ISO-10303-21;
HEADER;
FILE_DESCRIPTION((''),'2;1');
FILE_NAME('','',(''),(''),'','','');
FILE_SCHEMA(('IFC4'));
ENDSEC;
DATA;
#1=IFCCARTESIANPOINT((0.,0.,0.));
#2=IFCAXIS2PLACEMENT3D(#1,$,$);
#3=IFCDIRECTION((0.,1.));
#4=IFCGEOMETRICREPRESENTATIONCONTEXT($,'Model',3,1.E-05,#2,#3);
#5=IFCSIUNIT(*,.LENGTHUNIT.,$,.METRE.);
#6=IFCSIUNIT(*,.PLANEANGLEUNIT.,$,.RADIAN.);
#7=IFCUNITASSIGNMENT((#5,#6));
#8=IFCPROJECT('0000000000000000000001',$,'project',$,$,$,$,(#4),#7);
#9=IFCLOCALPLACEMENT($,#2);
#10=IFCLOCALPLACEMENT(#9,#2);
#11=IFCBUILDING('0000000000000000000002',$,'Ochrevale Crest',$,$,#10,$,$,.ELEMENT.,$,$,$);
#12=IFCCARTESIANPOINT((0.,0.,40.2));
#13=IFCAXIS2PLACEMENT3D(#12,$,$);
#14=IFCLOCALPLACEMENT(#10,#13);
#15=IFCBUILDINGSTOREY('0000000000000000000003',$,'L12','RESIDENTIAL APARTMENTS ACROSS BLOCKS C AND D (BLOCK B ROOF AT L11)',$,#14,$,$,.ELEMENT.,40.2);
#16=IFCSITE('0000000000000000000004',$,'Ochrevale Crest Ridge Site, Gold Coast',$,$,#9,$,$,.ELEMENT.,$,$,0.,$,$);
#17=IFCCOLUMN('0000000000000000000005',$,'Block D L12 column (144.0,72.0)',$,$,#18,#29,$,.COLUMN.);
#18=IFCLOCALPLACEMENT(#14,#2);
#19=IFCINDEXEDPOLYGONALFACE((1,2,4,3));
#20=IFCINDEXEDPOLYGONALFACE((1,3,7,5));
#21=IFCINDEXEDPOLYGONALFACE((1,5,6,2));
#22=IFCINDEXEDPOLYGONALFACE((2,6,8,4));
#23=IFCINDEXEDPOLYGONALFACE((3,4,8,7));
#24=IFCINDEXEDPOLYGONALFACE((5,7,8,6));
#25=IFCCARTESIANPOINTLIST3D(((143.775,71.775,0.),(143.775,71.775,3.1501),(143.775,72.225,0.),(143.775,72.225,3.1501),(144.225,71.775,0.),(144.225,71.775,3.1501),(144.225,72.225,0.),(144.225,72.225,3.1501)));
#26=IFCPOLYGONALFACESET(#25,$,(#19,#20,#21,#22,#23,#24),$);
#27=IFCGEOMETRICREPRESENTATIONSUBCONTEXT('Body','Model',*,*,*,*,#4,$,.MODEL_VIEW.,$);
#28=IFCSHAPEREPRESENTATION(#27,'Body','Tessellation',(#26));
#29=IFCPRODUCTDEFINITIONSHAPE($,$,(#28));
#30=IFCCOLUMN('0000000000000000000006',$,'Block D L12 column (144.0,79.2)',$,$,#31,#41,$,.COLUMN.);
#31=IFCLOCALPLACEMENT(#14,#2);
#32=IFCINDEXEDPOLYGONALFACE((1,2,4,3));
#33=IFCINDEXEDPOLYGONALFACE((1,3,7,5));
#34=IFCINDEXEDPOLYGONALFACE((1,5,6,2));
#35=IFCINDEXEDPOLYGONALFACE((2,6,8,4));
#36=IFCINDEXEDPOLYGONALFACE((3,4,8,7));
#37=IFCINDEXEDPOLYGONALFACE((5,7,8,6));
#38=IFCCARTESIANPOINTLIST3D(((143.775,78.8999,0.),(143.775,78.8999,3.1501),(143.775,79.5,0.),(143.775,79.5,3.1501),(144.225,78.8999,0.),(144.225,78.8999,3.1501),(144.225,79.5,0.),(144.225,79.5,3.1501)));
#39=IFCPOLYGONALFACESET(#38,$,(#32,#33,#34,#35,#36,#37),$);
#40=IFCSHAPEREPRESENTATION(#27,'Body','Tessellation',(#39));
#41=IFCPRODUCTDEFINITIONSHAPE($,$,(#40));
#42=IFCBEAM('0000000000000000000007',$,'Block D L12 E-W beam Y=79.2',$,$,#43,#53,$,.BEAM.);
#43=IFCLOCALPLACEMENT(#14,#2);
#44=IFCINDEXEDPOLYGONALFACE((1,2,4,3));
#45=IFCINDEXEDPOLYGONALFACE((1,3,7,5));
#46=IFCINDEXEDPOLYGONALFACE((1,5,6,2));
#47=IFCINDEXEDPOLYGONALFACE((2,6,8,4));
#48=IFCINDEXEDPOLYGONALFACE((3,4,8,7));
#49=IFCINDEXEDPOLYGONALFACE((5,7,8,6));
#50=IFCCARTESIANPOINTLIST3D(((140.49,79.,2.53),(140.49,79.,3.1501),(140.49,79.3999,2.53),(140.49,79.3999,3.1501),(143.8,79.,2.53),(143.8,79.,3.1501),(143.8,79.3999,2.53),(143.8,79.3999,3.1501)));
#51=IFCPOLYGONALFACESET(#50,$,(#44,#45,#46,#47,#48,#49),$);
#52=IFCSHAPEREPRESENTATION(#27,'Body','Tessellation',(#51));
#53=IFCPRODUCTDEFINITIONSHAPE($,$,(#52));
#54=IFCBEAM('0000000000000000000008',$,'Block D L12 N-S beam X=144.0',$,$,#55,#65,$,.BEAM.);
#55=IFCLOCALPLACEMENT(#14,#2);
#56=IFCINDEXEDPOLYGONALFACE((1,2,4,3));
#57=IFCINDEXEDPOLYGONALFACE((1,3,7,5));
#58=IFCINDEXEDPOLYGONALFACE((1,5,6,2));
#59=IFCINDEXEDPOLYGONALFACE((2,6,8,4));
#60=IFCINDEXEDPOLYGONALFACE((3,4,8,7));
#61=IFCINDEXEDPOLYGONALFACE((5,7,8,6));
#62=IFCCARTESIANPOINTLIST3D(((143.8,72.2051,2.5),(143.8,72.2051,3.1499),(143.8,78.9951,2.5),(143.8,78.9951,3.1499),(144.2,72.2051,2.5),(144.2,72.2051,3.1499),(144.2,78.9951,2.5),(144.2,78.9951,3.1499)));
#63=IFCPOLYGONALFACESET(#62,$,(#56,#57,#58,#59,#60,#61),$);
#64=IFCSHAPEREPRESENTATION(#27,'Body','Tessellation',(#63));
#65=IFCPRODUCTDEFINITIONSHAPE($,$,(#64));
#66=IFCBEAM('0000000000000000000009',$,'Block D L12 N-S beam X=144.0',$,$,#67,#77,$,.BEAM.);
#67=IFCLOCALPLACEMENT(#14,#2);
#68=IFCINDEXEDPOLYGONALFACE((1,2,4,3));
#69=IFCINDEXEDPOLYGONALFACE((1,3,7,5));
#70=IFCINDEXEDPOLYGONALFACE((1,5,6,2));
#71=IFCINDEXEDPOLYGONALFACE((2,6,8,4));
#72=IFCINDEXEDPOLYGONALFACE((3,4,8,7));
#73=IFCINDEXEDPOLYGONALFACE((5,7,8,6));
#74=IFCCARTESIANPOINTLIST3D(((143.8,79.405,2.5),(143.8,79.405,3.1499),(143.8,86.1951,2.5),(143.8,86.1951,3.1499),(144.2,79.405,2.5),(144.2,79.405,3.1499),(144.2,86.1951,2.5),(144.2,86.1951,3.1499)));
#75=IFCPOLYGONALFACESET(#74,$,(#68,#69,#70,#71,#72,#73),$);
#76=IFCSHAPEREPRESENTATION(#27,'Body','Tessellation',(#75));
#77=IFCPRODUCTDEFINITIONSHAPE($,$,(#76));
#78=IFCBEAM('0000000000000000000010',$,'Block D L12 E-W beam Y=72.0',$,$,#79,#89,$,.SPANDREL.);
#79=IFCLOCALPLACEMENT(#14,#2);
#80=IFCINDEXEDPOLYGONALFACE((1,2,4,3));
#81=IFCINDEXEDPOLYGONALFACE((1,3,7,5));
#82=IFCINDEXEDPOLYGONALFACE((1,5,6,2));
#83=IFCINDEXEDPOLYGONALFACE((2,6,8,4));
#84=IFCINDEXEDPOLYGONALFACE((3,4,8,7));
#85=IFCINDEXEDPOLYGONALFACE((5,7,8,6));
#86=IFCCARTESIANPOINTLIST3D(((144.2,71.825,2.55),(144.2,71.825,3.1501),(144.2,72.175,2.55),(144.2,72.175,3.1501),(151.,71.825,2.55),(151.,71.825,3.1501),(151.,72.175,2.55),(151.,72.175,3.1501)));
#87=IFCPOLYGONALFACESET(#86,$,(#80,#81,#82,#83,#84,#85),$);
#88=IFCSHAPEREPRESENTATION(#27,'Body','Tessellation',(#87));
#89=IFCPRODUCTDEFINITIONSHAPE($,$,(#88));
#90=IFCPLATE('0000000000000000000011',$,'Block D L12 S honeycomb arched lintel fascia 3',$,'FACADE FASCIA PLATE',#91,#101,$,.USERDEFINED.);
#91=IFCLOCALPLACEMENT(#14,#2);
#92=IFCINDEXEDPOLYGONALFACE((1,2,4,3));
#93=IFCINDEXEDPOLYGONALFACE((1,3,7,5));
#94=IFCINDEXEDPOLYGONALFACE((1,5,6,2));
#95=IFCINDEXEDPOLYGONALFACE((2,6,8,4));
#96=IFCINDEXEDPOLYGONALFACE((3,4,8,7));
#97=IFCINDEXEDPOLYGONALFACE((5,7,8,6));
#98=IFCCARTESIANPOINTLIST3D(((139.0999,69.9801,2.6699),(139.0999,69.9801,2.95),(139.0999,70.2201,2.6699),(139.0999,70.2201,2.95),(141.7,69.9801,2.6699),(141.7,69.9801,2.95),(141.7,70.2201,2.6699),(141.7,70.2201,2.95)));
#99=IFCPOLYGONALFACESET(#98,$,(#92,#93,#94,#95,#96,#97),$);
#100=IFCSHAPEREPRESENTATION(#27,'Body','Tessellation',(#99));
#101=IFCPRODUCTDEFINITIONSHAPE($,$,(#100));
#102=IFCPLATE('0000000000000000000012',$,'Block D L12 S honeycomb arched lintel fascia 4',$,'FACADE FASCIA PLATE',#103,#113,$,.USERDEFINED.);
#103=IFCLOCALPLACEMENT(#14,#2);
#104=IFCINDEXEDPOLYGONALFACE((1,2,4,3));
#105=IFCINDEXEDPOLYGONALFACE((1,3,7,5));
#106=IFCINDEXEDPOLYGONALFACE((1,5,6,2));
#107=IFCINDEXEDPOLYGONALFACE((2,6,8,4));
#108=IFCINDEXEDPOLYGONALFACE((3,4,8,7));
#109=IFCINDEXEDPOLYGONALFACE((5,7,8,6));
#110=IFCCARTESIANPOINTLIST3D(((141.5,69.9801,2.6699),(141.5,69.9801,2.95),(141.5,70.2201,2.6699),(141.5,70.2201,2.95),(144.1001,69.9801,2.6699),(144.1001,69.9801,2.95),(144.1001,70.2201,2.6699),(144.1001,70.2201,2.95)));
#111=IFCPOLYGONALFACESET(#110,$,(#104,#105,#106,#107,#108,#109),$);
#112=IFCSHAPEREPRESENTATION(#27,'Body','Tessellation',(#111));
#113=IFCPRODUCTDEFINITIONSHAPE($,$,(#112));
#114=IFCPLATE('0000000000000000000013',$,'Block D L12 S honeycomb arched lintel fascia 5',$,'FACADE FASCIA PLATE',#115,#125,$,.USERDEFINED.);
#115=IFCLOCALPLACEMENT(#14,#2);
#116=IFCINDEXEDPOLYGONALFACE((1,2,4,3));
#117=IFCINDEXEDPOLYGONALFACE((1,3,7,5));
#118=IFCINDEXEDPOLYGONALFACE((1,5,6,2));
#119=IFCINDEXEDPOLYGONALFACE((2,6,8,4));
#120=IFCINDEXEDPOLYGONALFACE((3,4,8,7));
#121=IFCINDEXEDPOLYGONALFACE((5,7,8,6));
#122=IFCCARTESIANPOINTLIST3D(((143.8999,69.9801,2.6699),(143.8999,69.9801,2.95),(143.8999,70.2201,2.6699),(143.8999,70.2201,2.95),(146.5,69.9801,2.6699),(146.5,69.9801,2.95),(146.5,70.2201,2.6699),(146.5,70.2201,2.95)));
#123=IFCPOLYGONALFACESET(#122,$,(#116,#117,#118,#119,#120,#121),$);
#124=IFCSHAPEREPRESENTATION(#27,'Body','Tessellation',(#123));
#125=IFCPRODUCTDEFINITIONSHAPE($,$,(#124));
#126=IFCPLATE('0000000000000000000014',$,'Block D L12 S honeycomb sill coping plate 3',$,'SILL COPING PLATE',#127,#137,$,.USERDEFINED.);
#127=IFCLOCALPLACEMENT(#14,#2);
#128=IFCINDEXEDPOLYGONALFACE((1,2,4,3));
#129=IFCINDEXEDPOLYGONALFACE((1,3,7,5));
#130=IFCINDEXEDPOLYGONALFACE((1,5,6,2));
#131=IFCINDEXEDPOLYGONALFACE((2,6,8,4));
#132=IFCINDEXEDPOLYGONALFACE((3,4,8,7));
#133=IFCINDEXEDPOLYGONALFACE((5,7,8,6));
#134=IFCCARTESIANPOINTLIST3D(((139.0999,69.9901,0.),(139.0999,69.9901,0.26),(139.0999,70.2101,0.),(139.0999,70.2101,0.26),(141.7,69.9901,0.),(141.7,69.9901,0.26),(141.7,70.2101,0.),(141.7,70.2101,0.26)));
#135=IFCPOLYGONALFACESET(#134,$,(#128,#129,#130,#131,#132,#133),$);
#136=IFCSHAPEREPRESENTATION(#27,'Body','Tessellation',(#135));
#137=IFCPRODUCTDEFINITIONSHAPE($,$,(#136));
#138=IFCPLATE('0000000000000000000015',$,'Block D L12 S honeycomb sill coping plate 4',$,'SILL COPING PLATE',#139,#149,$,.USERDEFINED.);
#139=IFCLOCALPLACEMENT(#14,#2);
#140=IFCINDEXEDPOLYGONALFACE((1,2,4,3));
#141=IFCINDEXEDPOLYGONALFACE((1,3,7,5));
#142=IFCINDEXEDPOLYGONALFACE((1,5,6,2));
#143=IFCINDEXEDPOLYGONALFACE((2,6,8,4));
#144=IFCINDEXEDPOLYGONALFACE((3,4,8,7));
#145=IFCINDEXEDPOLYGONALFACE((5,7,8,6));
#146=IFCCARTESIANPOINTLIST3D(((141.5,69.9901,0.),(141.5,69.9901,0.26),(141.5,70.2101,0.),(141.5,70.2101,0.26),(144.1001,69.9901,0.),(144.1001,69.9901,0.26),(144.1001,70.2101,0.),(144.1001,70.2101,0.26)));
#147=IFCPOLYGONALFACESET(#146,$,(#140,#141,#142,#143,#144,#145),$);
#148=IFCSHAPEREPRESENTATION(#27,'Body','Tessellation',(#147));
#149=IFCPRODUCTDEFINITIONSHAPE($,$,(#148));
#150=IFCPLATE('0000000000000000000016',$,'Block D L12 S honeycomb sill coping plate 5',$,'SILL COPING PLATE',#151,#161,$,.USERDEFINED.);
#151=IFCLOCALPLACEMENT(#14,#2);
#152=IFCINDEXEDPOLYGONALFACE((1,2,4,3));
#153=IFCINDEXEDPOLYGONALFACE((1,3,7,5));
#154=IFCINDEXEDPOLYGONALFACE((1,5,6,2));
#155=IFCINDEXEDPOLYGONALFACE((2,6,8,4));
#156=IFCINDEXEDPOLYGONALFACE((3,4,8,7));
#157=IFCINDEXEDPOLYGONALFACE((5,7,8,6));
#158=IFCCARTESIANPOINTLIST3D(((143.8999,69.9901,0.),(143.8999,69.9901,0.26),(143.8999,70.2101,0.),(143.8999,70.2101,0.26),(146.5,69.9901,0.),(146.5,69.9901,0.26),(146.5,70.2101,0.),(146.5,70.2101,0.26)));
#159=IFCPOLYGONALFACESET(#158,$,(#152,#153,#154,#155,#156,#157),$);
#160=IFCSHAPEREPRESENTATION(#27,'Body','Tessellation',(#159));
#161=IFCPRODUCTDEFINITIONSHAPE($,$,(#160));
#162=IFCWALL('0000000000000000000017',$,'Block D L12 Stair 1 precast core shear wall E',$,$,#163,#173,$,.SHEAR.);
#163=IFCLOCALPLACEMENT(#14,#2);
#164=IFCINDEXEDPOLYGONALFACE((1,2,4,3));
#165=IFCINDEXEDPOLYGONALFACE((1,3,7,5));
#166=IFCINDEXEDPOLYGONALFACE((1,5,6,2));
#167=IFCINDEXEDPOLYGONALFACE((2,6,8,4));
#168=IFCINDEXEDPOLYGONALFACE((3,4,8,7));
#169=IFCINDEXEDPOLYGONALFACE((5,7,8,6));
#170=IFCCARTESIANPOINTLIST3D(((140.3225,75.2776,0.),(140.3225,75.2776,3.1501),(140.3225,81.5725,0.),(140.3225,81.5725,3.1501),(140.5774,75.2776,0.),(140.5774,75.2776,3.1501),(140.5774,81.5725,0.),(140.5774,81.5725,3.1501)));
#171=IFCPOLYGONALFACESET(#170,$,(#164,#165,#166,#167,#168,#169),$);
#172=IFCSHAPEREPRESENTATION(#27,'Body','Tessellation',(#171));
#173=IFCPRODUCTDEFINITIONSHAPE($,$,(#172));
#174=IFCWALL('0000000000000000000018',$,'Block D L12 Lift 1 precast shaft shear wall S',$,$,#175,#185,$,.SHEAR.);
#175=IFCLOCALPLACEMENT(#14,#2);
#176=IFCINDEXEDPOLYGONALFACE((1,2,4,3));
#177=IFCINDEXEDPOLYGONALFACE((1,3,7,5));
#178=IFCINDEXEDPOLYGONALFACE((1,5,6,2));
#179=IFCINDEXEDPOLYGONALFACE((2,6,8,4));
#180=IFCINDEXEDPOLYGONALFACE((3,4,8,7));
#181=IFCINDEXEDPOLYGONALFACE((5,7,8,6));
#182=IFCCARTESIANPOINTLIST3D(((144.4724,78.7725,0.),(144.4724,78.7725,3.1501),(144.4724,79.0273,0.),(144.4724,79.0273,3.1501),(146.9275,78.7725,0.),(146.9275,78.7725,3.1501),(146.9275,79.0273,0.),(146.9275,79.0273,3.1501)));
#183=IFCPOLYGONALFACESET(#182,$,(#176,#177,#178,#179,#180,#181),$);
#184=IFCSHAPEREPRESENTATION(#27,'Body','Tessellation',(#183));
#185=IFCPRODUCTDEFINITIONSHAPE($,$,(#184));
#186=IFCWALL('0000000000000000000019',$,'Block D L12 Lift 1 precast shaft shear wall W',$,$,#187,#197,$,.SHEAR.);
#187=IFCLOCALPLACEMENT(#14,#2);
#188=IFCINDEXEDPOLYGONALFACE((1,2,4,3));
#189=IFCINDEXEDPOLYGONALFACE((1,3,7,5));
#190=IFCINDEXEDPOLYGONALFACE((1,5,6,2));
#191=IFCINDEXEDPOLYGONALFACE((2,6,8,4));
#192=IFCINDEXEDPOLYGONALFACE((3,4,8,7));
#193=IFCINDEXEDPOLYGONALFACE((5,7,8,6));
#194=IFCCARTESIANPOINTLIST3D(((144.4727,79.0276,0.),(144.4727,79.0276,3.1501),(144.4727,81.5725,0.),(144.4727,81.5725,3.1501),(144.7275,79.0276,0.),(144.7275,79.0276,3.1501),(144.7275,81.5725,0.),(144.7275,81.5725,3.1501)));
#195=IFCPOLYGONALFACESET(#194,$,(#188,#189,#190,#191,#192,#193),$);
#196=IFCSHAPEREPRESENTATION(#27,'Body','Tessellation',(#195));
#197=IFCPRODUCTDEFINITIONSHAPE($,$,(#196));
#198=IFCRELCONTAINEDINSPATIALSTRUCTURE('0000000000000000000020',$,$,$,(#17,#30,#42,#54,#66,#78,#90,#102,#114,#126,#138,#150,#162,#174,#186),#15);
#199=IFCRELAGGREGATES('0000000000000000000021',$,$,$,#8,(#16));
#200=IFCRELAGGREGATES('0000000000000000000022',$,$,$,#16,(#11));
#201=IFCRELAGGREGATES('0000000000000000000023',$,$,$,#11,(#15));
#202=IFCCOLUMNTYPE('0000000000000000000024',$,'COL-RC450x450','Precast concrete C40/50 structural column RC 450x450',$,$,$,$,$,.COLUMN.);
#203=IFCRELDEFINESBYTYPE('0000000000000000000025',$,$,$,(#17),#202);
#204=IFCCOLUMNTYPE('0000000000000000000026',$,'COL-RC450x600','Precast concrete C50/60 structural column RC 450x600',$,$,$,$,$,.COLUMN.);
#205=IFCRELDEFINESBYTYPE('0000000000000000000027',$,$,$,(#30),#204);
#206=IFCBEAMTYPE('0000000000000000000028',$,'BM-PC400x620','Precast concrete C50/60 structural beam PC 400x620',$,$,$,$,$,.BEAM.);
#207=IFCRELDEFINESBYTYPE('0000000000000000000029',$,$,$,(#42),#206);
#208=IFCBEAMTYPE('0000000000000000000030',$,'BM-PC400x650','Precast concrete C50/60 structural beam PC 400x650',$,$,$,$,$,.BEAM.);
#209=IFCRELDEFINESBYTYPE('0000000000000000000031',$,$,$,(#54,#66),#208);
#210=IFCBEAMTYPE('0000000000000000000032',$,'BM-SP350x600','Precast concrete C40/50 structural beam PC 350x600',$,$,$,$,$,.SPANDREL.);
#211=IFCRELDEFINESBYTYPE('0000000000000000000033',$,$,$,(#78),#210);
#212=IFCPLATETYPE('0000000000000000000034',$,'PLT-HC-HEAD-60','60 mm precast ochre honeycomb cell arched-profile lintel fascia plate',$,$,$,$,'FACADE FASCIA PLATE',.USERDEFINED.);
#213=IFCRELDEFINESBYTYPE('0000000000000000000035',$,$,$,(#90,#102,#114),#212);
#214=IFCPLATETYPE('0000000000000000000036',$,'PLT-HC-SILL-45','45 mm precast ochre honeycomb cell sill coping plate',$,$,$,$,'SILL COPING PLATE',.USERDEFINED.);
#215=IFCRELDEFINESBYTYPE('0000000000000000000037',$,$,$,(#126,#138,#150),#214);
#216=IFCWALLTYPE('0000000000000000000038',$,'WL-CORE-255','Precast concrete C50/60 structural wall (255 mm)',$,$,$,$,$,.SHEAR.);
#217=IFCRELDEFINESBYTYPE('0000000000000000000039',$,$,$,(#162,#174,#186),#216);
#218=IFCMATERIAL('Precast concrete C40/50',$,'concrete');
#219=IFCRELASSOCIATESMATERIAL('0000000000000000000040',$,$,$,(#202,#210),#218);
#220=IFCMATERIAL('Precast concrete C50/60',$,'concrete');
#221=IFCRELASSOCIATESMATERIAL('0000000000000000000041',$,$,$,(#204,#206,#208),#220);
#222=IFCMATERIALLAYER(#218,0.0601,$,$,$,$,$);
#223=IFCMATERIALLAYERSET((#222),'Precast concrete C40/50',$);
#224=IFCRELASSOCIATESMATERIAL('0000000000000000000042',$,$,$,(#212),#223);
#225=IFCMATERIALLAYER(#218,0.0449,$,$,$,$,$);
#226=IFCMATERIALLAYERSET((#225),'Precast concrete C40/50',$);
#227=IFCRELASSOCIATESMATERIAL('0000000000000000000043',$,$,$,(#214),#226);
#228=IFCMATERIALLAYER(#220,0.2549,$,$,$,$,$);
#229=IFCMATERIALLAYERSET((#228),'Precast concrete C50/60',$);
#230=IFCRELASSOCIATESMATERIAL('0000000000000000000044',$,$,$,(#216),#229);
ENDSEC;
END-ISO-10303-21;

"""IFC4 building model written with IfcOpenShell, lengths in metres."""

from ifc_helpers import new_model, si_unit, direction, frame, frame_2d, origin, origin_2d, place, context, subcontext, project, spatial, rectangle, extrude, material, layer, layer_set, material_profile, profile_set, type_object, element, save


model = new_model("IFC4")

# Units and contexts
model_context = context("Model", 3, precision=1e-05, world=origin(), true_north=direction((0.0, 1.0)))
body_context = subcontext(model_context, "Body", "Model", "MODEL_VIEW")
ifc_project = project(units=[si_unit("LENGTHUNIT", "METRE"), si_unit("PLANEANGLEUNIT", "RADIAN")], contexts=[model_context])

# Site, building, storey
site_placement = place(None, origin())
site = spatial("IfcSite", under=ifc_project, at=site_placement, Name="Ochrevale Crest Ridge Site, Gold Coast", CompositionType="ELEMENT", RefElevation=0.0)
building_placement = place(site_placement, origin())
building = spatial("IfcBuilding", under=site, at=building_placement, Name="Ochrevale Crest", CompositionType="ELEMENT")
storey_placement = place(building_placement, frame((0.0, 0.0, 40.2)))
storey = spatial("IfcBuildingStorey", under=building, at=storey_placement, Name="L12", Description="RESIDENTIAL APARTMENTS ACROSS BLOCKS C AND D (BLOCK B ROOF AT L11)", CompositionType="ELEMENT", Elevation=40.2)

# Columns
ifc_material_1 = material(Name="Precast concrete C40/50", Category="concrete")
ifc_material_profile_1 = material_profile(ifc_material_1, rectangle(XDim=0.45, YDim=0.45, at=origin_2d()), Name="RC 450x450")
ifc_profile_set_1 = profile_set([ifc_material_profile_1], Name="Precast concrete C40/50")
column_type_1 = type_object("IfcColumnType", Name="COL-RC450x450", Description="Precast concrete C40/50 structural column RC 450x450", PredefinedType="COLUMN", material=ifc_profile_set_1)
column_1_placement = place(storey_placement, frame((144.0, 72.0, 0.0), z_axis=(0.0, 0.0, 1.0), x_axis=(1.0, 0.0, 0.0)))
element("IfcColumn", 1, at=column_1_placement, inside=storey, type_object=column_type_1, Name="Block D L12 column (144.0,72.0)", PredefinedType="COLUMN", context=body_context, shape_type="SweptSolid", body=[
    extrude(rectangle(XDim=0.45, YDim=0.45, at=origin_2d()), origin(), (0.0, 0.0, 1.0), 3.1501),
])
ifc_material_2 = material(Name="Precast concrete C50/60", Category="concrete")
ifc_material_profile_2 = material_profile(ifc_material_2, rectangle(XDim=0.45, YDim=0.6001, at=origin_2d()), Name="RC 450x600")
ifc_profile_set_2 = profile_set([ifc_material_profile_2], Name="Precast concrete C50/60")
column_type_2 = type_object("IfcColumnType", Name="COL-RC450x600", Description="Precast concrete C50/60 structural column RC 450x600", PredefinedType="COLUMN", material=ifc_profile_set_2)
column_2_placement = place(storey_placement, frame((144.0, 79.2, 0.0), z_axis=(0.0, 0.0, 1.0), x_axis=(1.0, 0.0, 0.0)))
element("IfcColumn", 2, at=column_2_placement, inside=storey, type_object=column_type_2, Name="Block D L12 column (144.0,79.2)", PredefinedType="COLUMN", context=body_context, shape_type="SweptSolid", body=[
    extrude(rectangle(XDim=0.45, YDim=0.6001, at=origin_2d()), origin(), (0.0, 0.0, 1.0), 3.1501),
])

# Beams
ifc_material_profile_3 = material_profile(ifc_material_2, rectangle(XDim=0.3999, YDim=0.6201, at=origin_2d()), Name="PC 400x620")
ifc_profile_set_3 = profile_set([ifc_material_profile_3], Name="Precast concrete C50/60")
beam_type_1 = type_object("IfcBeamType", Name="BM-PC400x620", Description="Precast concrete C50/60 structural beam PC 400x620", PredefinedType="BEAM", material=ifc_profile_set_3)
beam_1_placement = place(storey_placement, frame((140.49, 79.2, 2.8401), z_axis=(1.0, 0.0, 0.0), x_axis=(0.0, 1.0, 0.0)))
element("IfcBeam", 3, at=beam_1_placement, inside=storey, type_object=beam_type_1, Name="Block D L12 E-W beam Y=79.2", PredefinedType="BEAM", context=body_context, shape_type="SweptSolid", body=[
    extrude(rectangle(XDim=0.3999, YDim=0.6201, at=origin_2d()), origin(), (0.0, 0.0, 1.0), 3.3101),
])
ifc_material_profile_4 = material_profile(ifc_material_2, rectangle(XDim=0.3999, YDim=0.6499, at=origin_2d()), Name="PC 400x650")
ifc_profile_set_4 = profile_set([ifc_material_profile_4], Name="Precast concrete C50/60")
beam_type_2 = type_object("IfcBeamType", Name="BM-PC400x650", Description="Precast concrete C50/60 structural beam PC 400x650", PredefinedType="BEAM", material=ifc_profile_set_4)
for number, where, z_axis, x_axis, name in (
    (4, (144.0, 72.2051, 2.825), (0.0, 1.0, 0.0), (-1.0, 0.0, 0.0), "Block D L12 N-S beam X=144.0"),
    (5, (144.0, 79.405, 2.825), (0.0, 1.0, 0.0), (-1.0, 0.0, 0.0), "Block D L12 N-S beam X=144.0"),
):
    element("IfcBeam", number, at=place(storey_placement, frame(where, z_axis=z_axis, x_axis=x_axis)), inside=storey, type_object=beam_type_2, Name=name, PredefinedType="BEAM", context=body_context, shape_type="SweptSolid", body=[
        extrude(rectangle(XDim=0.3999, YDim=0.6499, at=origin_2d()), origin(), (0.0, 0.0, 1.0), 6.79),
    ])
ifc_material_profile_5 = material_profile(ifc_material_1, rectangle(XDim=0.3501, YDim=0.6001, at=origin_2d()), Name="PC 350x600")
ifc_profile_set_5 = profile_set([ifc_material_profile_5], Name="Precast concrete C40/50")
beam_type_3 = type_object("IfcBeamType", Name="BM-SP350x600", Description="Precast concrete C40/50 structural beam PC 350x600", PredefinedType="SPANDREL", material=ifc_profile_set_5)
beam_2_placement = place(storey_placement, frame((144.2, 72.0, 2.8501), z_axis=(1.0, 0.0, 0.0), x_axis=(0.0, 1.0, 0.0)))
element("IfcBeam", 6, at=beam_2_placement, inside=storey, type_object=beam_type_3, Name="Block D L12 E-W beam Y=72.0", PredefinedType="SPANDREL", context=body_context, shape_type="SweptSolid", body=[
    extrude(rectangle(XDim=0.3501, YDim=0.6001, at=origin_2d()), origin(), (0.0, 0.0, 1.0), 6.8),
])

# Plates
ifc_layer_1 = layer(ifc_material_1, 0.0601)
ifc_layer_set_1 = layer_set([ifc_layer_1], Name="Precast concrete C40/50")
plate_type_1 = type_object("IfcPlateType", Name="PLT-HC-HEAD-60", Description="60 mm precast ochre honeycomb cell arched-profile lintel fascia plate", ElementType="FACADE FASCIA PLATE", PredefinedType="USERDEFINED", material=ifc_layer_set_1)
for number, where, z_axis, x_axis, name in (
    (7, (140.3999, 70.1001, 2.6699), (0.0, 0.0, 1.0), (1.0, 0.0, 0.0), "Block D L12 S honeycomb arched lintel fascia 3"),
    (8, (142.8, 70.1001, 2.6699), (0.0, 0.0, 1.0), (1.0, 0.0, 0.0), "Block D L12 S honeycomb arched lintel fascia 4"),
    (9, (145.2, 70.1001, 2.6699), (0.0, 0.0, 1.0), (1.0, 0.0, 0.0), "Block D L12 S honeycomb arched lintel fascia 5"),
):
    element("IfcPlate", number, at=place(storey_placement, frame(where, z_axis=z_axis, x_axis=x_axis)), inside=storey, type_object=plate_type_1, Name=name, ObjectType="FACADE FASCIA PLATE", PredefinedType="USERDEFINED", context=body_context, shape_type="SweptSolid", body=[
        extrude(rectangle(XDim=2.6001, YDim=0.24, at=origin_2d()), origin(), (0.0, 0.0, 1.0), 0.28),
    ])
ifc_layer_2 = layer(ifc_material_1, 0.0449)
ifc_layer_set_2 = layer_set([ifc_layer_2], Name="Precast concrete C40/50")
plate_type_2 = type_object("IfcPlateType", Name="PLT-HC-SILL-45", Description="45 mm precast ochre honeycomb cell sill coping plate", ElementType="SILL COPING PLATE", PredefinedType="USERDEFINED", material=ifc_layer_set_2)
for number, where, z_axis, x_axis, name in (
    (10, (140.3999, 70.1001, 0.0), (0.0, 0.0, 1.0), (1.0, 0.0, 0.0), "Block D L12 S honeycomb sill coping plate 3"),
    (11, (142.8, 70.1001, 0.0), (0.0, 0.0, 1.0), (1.0, 0.0, 0.0), "Block D L12 S honeycomb sill coping plate 4"),
    (12, (145.2, 70.1001, 0.0), (0.0, 0.0, 1.0), (1.0, 0.0, 0.0), "Block D L12 S honeycomb sill coping plate 5"),
):
    element("IfcPlate", number, at=place(storey_placement, frame(where, z_axis=z_axis, x_axis=x_axis)), inside=storey, type_object=plate_type_2, Name=name, ObjectType="SILL COPING PLATE", PredefinedType="USERDEFINED", context=body_context, shape_type="SweptSolid", body=[
        extrude(rectangle(XDim=2.6001, YDim=0.22, at=origin_2d()), origin(), (0.0, 0.0, 1.0), 0.26),
    ])

# Walls
ifc_layer_3 = layer(ifc_material_2, 0.2549)
ifc_layer_set_3 = layer_set([ifc_layer_3], Name="Precast concrete C50/60")
wall_type_1 = type_object("IfcWallType", Name="WL-CORE-255", Description="Precast concrete C50/60 structural wall (255 mm)", PredefinedType="SHEAR", material=ifc_layer_set_3)
wall_1_placement = place(storey_placement, frame((140.45, 75.2776, 0.0), z_axis=(0.0, 0.0, 1.0), x_axis=(0.0, 1.0, 0.0)))
element("IfcWall", 13, at=wall_1_placement, inside=storey, type_object=wall_type_1, Name="Block D L12 Stair 1 precast core shear wall E", PredefinedType="SHEAR", context=body_context, shape_type="SweptSolid", body=[
    extrude(rectangle(XDim=6.2949, YDim=0.2549, at=frame_2d((3.1475, 0.0))), origin(), (0.0, 0.0, 1.0), 3.1501),
])
wall_2_placement = place(storey_placement, frame((144.4724, 78.8999, 0.0), z_axis=(0.0, 0.0, 1.0), x_axis=(1.0, 0.0, 0.0)))
element("IfcWall", 14, at=wall_2_placement, inside=storey, type_object=wall_type_1, Name="Block D L12 Lift 1 precast shaft shear wall S", PredefinedType="SHEAR", context=body_context, shape_type="SweptSolid", body=[
    extrude(rectangle(XDim=2.4551, YDim=0.2549, at=frame_2d((1.2275, 0.0))), origin(), (0.0, 0.0, 1.0), 3.1501),
])
wall_3_placement = place(storey_placement, frame((144.6001, 79.0276, 0.0), z_axis=(0.0, 0.0, 1.0), x_axis=(0.0, 1.0, 0.0)))
element("IfcWall", 15, at=wall_3_placement, inside=storey, type_object=wall_type_1, Name="Block D L12 Lift 1 precast shaft shear wall W", PredefinedType="SHEAR", context=body_context, shape_type="SweptSolid", body=[
    extrude(rectangle(XDim=2.5449, YDim=0.2549, at=frame_2d((1.2725, 0.0))), origin(), (0.0, 0.0, 1.0), 3.1501),
])

save(model, "model.ifc")
